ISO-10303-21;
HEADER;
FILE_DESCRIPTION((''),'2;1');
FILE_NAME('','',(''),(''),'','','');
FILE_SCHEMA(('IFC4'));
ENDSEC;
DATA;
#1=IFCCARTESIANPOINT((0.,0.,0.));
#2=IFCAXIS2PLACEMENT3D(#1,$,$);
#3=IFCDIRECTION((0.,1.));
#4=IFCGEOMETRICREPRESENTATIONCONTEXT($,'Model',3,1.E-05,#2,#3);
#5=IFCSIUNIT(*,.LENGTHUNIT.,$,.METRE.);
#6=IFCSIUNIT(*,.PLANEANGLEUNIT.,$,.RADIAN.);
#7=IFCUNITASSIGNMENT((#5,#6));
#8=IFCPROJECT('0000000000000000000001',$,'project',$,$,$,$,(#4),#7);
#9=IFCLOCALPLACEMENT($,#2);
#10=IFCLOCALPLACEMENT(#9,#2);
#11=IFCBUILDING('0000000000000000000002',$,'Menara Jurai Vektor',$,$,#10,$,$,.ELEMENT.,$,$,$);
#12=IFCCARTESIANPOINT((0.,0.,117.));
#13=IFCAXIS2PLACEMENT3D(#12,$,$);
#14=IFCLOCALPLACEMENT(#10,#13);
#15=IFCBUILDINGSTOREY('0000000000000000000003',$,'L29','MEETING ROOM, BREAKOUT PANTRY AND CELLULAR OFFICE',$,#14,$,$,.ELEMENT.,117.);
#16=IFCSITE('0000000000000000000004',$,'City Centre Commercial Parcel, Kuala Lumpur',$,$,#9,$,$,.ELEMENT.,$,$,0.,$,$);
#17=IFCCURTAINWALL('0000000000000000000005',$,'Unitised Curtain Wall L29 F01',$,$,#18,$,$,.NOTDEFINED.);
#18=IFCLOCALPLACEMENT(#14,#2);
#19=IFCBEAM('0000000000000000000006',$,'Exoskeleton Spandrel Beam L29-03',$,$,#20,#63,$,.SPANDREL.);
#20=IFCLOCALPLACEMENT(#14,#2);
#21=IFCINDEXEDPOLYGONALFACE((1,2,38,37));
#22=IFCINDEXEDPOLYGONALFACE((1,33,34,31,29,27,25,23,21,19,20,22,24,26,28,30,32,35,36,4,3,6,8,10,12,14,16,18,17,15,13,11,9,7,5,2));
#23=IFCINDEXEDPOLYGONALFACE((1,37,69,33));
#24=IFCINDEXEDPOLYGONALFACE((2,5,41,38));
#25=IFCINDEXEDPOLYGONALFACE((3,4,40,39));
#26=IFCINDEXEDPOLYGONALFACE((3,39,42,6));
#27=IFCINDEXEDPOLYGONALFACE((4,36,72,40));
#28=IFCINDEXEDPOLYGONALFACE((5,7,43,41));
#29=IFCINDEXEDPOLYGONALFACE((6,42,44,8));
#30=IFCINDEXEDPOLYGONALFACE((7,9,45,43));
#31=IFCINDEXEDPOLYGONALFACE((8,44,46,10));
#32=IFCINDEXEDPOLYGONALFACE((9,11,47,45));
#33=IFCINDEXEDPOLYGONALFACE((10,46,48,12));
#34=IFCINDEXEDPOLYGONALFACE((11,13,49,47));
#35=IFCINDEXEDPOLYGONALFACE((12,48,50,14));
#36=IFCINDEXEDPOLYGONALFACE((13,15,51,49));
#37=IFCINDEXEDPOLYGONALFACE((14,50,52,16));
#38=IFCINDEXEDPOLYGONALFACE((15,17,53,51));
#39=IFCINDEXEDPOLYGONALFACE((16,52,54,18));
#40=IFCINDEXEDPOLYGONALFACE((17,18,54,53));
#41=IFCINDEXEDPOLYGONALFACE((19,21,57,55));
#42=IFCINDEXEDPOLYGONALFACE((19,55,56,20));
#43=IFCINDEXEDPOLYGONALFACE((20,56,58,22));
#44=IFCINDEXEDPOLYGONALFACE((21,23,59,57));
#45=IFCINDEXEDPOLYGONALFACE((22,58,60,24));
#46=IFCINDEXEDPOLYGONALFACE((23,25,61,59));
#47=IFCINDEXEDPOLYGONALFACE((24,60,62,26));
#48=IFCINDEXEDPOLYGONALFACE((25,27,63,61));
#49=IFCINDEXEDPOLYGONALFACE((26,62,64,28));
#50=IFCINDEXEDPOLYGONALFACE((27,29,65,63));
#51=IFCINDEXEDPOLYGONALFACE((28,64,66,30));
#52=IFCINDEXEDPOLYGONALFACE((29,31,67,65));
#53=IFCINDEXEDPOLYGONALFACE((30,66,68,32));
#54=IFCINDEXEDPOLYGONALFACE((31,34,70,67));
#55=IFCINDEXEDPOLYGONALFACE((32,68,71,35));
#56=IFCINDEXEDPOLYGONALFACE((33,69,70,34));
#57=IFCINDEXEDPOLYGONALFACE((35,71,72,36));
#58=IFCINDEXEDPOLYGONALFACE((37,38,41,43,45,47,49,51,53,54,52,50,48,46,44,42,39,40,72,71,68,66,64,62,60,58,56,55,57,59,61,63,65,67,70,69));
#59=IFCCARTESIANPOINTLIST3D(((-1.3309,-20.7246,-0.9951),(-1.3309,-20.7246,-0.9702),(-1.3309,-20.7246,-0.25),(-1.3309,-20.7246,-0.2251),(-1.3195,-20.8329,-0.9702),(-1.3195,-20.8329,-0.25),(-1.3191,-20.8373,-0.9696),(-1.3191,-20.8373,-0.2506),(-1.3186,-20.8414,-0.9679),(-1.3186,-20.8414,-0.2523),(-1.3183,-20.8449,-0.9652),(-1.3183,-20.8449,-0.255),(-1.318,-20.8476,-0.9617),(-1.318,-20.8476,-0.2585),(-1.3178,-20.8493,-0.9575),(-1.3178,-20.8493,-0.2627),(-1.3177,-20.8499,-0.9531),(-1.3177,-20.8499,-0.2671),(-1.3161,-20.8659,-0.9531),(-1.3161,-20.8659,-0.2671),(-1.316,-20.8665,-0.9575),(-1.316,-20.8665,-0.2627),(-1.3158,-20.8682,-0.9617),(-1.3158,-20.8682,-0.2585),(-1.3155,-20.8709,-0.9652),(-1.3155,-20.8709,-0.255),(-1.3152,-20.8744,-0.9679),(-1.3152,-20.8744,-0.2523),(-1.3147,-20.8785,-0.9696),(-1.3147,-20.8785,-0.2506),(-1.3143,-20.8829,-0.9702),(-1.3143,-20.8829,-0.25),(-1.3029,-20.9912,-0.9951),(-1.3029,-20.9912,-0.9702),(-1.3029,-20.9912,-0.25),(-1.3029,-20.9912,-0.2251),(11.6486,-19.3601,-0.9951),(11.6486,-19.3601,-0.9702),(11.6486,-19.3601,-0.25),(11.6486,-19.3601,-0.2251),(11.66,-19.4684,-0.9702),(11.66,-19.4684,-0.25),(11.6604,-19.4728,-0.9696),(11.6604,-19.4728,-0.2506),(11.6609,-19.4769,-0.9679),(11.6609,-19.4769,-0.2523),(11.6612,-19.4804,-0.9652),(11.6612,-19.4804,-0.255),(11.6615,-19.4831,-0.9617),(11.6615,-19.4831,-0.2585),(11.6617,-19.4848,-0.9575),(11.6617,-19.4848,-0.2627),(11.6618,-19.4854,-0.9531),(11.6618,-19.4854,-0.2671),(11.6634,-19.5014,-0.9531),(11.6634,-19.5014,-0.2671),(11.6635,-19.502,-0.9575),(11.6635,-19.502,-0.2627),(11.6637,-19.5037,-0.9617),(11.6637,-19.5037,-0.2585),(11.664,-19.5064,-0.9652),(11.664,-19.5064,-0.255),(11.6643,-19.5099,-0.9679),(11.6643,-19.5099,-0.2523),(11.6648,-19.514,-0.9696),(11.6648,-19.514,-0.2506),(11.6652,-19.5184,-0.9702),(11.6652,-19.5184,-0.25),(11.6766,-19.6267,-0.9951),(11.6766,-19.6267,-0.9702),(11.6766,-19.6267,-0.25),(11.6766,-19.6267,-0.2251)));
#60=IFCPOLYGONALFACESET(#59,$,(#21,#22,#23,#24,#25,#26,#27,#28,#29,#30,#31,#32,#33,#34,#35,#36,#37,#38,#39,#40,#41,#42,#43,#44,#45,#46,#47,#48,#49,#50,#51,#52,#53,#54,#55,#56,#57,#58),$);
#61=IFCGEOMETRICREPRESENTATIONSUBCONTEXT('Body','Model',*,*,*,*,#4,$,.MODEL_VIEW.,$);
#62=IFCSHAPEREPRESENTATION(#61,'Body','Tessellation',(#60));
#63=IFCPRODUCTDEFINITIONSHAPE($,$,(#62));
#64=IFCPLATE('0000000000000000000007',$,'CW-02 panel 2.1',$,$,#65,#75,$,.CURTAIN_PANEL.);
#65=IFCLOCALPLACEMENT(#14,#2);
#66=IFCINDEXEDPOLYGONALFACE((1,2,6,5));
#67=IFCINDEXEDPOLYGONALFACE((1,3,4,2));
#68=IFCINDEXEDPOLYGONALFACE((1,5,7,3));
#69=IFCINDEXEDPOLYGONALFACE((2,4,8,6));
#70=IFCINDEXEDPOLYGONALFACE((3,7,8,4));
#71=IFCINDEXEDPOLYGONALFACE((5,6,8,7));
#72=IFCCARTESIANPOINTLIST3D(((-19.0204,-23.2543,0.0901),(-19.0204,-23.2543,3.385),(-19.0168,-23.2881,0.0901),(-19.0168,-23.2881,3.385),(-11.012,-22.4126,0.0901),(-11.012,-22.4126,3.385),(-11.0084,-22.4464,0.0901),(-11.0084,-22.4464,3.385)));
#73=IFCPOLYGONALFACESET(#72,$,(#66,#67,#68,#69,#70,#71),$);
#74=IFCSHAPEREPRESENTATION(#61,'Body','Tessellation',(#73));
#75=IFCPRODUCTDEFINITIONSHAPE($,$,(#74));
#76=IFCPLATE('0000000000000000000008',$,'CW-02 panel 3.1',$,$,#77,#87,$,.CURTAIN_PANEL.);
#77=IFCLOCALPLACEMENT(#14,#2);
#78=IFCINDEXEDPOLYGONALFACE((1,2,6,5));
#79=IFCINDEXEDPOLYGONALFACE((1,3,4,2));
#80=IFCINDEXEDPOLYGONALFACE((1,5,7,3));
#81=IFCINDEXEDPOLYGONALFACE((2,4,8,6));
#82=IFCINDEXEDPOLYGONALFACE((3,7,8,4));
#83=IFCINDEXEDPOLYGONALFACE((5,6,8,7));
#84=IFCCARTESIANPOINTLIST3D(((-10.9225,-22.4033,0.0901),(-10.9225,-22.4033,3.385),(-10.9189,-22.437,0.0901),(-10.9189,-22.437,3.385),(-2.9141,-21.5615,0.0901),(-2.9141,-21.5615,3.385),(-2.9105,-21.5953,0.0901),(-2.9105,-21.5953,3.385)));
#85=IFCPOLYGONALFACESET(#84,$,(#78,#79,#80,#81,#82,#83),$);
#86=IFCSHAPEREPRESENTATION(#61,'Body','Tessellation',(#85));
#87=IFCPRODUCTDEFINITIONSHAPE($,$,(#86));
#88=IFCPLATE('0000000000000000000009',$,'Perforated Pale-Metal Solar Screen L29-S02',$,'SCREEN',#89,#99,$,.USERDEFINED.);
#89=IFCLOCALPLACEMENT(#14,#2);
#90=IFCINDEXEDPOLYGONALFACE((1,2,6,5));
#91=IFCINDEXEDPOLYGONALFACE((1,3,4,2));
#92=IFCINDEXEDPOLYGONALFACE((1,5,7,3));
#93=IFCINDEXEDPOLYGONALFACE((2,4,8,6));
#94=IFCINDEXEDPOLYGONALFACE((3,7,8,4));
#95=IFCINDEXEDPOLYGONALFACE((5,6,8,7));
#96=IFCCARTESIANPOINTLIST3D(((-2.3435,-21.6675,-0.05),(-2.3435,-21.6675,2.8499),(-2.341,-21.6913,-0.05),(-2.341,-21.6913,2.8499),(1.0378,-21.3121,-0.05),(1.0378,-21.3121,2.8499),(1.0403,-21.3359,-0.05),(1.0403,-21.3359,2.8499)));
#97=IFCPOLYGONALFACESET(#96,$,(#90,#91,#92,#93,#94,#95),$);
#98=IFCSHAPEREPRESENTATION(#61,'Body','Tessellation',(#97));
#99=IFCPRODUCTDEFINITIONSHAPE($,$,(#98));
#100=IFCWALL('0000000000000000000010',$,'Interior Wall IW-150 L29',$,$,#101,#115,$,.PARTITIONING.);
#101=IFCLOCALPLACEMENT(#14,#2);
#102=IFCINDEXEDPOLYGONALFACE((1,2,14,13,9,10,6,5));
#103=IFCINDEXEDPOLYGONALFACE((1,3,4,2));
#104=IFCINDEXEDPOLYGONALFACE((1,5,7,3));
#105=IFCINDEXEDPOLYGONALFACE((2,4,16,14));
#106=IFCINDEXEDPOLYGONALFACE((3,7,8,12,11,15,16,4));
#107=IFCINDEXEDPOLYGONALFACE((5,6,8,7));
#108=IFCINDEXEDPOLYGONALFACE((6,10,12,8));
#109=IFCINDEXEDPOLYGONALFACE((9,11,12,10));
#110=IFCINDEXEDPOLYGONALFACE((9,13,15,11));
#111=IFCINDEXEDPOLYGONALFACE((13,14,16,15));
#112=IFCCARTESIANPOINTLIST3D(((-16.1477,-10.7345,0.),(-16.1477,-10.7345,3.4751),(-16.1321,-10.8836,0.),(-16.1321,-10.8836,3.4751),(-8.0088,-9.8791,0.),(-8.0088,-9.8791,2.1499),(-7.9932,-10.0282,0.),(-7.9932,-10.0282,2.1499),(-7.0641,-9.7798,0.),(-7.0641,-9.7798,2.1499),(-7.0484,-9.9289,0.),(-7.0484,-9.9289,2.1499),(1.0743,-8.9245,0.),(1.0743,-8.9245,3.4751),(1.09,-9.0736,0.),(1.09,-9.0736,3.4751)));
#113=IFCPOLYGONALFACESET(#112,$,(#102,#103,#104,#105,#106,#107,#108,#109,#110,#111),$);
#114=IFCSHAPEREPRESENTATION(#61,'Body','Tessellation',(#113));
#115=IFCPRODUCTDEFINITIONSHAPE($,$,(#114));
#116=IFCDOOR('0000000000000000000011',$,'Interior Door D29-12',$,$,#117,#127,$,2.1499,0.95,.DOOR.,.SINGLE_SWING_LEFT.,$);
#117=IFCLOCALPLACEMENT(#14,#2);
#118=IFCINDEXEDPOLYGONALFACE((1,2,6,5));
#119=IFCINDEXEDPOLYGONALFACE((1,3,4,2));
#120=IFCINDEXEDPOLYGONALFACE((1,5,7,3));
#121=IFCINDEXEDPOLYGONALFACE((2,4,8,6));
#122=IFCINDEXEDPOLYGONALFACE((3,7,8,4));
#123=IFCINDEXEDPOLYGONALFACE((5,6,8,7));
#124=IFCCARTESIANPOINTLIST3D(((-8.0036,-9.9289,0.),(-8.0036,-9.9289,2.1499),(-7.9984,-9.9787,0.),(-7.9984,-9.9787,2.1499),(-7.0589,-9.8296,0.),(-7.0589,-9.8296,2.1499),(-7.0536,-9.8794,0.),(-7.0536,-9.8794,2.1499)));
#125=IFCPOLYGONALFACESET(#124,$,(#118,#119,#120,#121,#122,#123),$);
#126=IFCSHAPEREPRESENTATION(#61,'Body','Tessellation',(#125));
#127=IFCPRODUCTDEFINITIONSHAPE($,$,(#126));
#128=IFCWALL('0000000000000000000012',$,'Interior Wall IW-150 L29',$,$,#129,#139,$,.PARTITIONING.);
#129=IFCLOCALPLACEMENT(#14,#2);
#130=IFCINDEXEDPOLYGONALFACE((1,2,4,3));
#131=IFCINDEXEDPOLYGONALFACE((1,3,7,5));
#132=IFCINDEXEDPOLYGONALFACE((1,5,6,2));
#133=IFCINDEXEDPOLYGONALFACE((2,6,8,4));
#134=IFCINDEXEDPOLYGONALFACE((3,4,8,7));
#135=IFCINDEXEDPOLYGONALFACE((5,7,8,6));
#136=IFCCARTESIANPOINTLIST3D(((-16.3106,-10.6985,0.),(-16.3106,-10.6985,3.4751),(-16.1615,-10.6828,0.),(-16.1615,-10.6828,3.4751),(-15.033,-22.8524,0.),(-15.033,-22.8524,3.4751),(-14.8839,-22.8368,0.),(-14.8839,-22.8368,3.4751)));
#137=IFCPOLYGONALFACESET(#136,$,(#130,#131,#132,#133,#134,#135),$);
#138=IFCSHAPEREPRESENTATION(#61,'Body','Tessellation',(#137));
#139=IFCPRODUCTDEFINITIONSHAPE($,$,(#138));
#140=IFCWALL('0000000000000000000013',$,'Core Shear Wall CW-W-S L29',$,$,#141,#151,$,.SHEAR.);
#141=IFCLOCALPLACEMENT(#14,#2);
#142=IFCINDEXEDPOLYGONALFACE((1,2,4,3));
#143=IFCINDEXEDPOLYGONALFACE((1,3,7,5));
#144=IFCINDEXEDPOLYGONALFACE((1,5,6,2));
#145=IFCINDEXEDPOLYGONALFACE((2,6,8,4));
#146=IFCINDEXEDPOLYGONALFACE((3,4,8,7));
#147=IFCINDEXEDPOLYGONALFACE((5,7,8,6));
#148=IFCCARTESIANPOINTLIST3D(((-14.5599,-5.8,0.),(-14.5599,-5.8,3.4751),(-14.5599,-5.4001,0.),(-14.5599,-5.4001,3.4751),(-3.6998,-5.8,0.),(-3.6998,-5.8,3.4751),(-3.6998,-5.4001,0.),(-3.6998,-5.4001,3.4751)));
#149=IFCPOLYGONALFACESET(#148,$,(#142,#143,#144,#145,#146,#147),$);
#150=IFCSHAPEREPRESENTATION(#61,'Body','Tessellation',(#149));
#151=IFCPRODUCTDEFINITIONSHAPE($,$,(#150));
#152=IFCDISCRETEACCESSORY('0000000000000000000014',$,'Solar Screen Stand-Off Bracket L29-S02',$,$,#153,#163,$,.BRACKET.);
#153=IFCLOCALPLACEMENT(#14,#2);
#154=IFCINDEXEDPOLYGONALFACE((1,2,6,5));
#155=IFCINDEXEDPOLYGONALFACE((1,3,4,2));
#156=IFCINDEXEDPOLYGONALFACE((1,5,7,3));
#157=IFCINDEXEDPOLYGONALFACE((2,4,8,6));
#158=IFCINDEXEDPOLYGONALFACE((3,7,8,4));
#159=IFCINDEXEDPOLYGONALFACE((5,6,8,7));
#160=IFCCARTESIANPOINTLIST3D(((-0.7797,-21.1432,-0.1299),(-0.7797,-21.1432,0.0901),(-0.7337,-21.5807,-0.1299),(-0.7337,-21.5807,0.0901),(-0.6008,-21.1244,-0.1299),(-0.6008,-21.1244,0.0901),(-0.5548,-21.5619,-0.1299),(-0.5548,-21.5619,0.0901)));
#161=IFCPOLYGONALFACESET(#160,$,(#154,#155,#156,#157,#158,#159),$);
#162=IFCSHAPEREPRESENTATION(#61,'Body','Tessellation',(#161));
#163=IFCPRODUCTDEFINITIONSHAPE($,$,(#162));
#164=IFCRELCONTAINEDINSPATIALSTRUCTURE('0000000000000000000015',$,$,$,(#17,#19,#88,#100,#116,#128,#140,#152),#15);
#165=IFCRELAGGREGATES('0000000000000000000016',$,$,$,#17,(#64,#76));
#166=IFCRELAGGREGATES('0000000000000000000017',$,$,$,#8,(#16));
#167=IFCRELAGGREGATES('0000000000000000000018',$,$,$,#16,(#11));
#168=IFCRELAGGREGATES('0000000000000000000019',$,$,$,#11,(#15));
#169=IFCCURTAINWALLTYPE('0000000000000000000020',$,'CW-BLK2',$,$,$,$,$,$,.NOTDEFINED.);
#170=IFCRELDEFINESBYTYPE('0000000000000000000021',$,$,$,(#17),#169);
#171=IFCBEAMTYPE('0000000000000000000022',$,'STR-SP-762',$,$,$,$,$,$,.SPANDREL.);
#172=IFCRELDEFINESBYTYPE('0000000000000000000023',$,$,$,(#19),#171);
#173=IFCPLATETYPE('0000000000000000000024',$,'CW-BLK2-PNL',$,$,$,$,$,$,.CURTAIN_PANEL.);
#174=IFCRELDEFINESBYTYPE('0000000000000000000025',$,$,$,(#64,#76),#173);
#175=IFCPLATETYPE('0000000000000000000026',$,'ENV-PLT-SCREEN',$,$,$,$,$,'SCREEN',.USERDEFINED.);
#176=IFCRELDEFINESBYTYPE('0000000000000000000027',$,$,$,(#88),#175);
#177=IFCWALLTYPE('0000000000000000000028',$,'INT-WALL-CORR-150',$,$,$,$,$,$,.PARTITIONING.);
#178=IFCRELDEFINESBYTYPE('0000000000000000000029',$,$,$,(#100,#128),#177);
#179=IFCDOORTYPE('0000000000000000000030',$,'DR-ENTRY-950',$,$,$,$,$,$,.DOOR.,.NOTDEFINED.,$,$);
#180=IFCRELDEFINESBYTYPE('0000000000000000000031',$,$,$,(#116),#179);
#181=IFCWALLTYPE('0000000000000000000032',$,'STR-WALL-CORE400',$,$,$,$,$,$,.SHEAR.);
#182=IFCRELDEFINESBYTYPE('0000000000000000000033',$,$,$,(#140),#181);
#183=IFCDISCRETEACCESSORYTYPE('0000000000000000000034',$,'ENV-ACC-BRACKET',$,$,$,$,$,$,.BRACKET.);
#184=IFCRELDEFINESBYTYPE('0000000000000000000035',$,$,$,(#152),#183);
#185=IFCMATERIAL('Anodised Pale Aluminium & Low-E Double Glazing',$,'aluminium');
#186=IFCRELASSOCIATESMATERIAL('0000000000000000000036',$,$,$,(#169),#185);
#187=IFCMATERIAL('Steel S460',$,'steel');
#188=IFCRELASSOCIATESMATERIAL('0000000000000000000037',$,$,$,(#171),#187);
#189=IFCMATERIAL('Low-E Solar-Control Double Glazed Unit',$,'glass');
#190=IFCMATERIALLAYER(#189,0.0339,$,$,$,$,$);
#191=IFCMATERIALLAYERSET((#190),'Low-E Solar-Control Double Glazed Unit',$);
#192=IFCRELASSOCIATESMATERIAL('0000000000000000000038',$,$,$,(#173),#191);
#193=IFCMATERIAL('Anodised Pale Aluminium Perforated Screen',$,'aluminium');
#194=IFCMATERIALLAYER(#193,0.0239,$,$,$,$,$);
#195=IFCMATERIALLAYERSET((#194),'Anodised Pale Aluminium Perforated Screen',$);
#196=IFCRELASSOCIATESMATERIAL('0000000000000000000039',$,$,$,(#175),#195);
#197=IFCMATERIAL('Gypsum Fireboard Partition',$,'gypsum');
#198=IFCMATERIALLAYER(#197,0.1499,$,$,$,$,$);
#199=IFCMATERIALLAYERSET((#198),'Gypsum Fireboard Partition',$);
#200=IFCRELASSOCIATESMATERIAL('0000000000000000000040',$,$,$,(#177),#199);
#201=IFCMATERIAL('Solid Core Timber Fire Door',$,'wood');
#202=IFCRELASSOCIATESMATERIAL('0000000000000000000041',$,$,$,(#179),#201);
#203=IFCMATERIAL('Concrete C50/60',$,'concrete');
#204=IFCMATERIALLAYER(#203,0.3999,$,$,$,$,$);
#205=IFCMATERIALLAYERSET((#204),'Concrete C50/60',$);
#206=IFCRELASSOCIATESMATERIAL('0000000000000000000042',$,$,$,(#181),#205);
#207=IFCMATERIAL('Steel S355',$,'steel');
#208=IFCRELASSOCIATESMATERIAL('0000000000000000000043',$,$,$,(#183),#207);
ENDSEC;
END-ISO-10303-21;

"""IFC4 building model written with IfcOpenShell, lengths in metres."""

from ifc_helpers import new_model, si_unit, direction, frame, frame_2d, origin, origin_2d, place, context, subcontext, project, spatial, rectangle, i_section, extrude, material, layer, layer_set, material_profile, profile_set, type_object, element, fill, aggregate, save


model = new_model("IFC4")

# Units and contexts
model_context = context("Model", 3, precision=1e-05, world=origin(), true_north=direction((0.0, 1.0)))
body_context = subcontext(model_context, "Body", "Model", "MODEL_VIEW")
ifc_project = project(units=[si_unit("LENGTHUNIT", "METRE"), si_unit("PLANEANGLEUNIT", "RADIAN")], contexts=[model_context])

# Site, building, storey
site_placement = place(None, origin())
site = spatial("IfcSite", under=ifc_project, at=site_placement, Name="City Centre Commercial Parcel, Kuala Lumpur", CompositionType="ELEMENT", RefElevation=0.0)
building_placement = place(site_placement, origin())
building = spatial("IfcBuilding", under=site, at=building_placement, Name="Menara Jurai Vektor", CompositionType="ELEMENT")
storey_placement = place(building_placement, frame((0.0, 0.0, 117.0)))
storey = spatial("IfcBuildingStorey", under=building, at=storey_placement, Name="L29", Description="MEETING ROOM, BREAKOUT PANTRY AND CELLULAR OFFICE", CompositionType="ELEMENT", Elevation=117.0)

# Shared definitions
ifc_material_1 = material(Name="Concrete C50/60", Category="concrete")
ifc_material_2 = material(Name="Steel S460", Category="steel")

# Curtain wall
ifc_material_3 = material(Name="Anodised Pale Aluminium & Low-E Double Glazing", Category="aluminium")
curtain_wall_type = type_object("IfcCurtainWallType", Name="CW-BLK2", PredefinedType="NOTDEFINED", material=ifc_material_3)
curtain_wall_placement = place(storey_placement, origin())
curtain_wall = element("IfcCurtainWall", 1, at=curtain_wall_placement, inside=storey, type_object=curtain_wall_type, Name="Unitised Curtain Wall L29 F01", PredefinedType="NOTDEFINED")

# Beam
ifc_material_4 = material(Name="Steel S355", Category="steel")
ifc_material_profile_1 = material_profile(ifc_material_2, i_section(OverallWidth=0.2681, OverallDepth=0.77, WebThickness=0.0161, FlangeThickness=0.0249, FilletRadius=0.0171, at=origin_2d()), Name="UKB 762x267x197")
ifc_profile_set_1 = profile_set([ifc_material_profile_1], Name="Steel S460")
beam_type_1 = type_object("IfcBeamType", Name="STR-SP-762", PredefinedType="SPANDREL", material=ifc_profile_set_1)
beam_1_placement = place(storey_placement, frame((-1.3169, -20.8579, -0.6101), z_axis=(0.994519, 0.104551, 0.0), x_axis=(-0.104551, 0.994519, 0.0)))
element("IfcBeam", 2, at=beam_1_placement, inside=storey, type_object=beam_type_1, Name="Exoskeleton Spandrel Beam L29-03", PredefinedType="SPANDREL", context=body_context, shape_type="SweptSolid", body=[
    extrude(i_section(OverallWidth=0.2681, OverallDepth=0.77, WebThickness=0.0161, FlangeThickness=0.0249, FilletRadius=0.0171, at=origin_2d()), origin(), (0.0, 0.0, 1.0), 13.051),
])

# Plates
ifc_material_5 = material(Name="Low-E Solar-Control Double Glazed Unit", Category="glass")
ifc_layer_1 = layer(ifc_material_5, 0.0339)
ifc_layer_set_1 = layer_set([ifc_layer_1], Name="Low-E Solar-Control Double Glazed Unit")
plate_type_1 = type_object("IfcPlateType", Name="CW-BLK2-PNL", PredefinedType="CURTAIN_PANEL", material=ifc_layer_set_1)
plate_1_placement = place(storey_placement, frame((-15.0144, -22.8503, 0.0901), z_axis=(0.0, 0.0, 1.0), x_axis=(0.994522, 0.104529, 0.0)))
plate_1 = element("IfcPlate", 3, at=plate_1_placement, type_object=plate_type_1, Name="CW-02 panel 2.1", PredefinedType="CURTAIN_PANEL", context=body_context, shape_type="SweptSolid", body=[
    extrude(rectangle(XDim=8.0525, YDim=0.0339, at=origin_2d()), origin(), (0.0, 0.0, 1.0), 3.2949),
])
plate_2_placement = place(storey_placement, frame((-6.9165, -21.9993, 0.0901), z_axis=(0.0, 0.0, 1.0), x_axis=(0.994522, 0.104529, 0.0)))
plate_2 = element("IfcPlate", 4, at=plate_2_placement, type_object=plate_type_1, Name="CW-02 panel 3.1", PredefinedType="CURTAIN_PANEL", context=body_context, shape_type="SweptSolid", body=[
    extrude(rectangle(XDim=8.0525, YDim=0.0339, at=origin_2d()), origin(), (0.0, 0.0, 1.0), 3.2949),
])
aggregate(curtain_wall, [plate_1, plate_2])
ifc_material_6 = material(Name="Anodised Pale Aluminium Perforated Screen", Category="aluminium")
ifc_layer_2 = layer(ifc_material_6, 0.0239)
ifc_layer_set_2 = layer_set([ifc_layer_2], Name="Anodised Pale Aluminium Perforated Screen")
plate_type_2 = type_object("IfcPlateType", Name="ENV-PLT-SCREEN", ElementType="SCREEN", PredefinedType="USERDEFINED", material=ifc_layer_set_2)
plate_3_placement = place(storey_placement, frame((-0.6516, -21.5017, -0.05), z_axis=(0.0, 0.0, 1.0), x_axis=(0.994522, 0.104528, 0.0)))
element("IfcPlate", 5, at=plate_3_placement, inside=storey, type_object=plate_type_2, Name="Perforated Pale-Metal Solar Screen L29-S02", ObjectType="SCREEN", PredefinedType="USERDEFINED", context=body_context, shape_type="SweptSolid", body=[
    extrude(rectangle(XDim=3.3999, YDim=0.0239, at=origin_2d()), origin(), (0.0, 0.0, 1.0), 2.8999),
])

# Wall, opening, door
ifc_material_7 = material(Name="Gypsum Fireboard Partition", Category="gypsum")
ifc_layer_3 = layer(ifc_material_7, 0.1499)
ifc_layer_set_3 = layer_set([ifc_layer_3], Name="Gypsum Fireboard Partition")
wall_type_1 = type_object("IfcWallType", Name="INT-WALL-CORR-150", PredefinedType="PARTITIONING", material=ifc_layer_set_3)
wall_1_placement = place(storey_placement, frame((-16.1399, -10.8091, 0.0), z_axis=(0.0, 0.0, 1.0), x_axis=(0.994522, 0.104526, 0.0)))
wall_1 = element("IfcWall", 6, at=wall_1_placement, inside=storey, type_object=wall_type_1, Name="Interior Wall IW-150 L29", PredefinedType="PARTITIONING", context=body_context, shape_type="SweptSolid", body=[
    extrude(rectangle(XDim=17.3169, YDim=0.1499, at=frame_2d((8.6584, 0.0))), origin(), (0.0, 0.0, 1.0), 3.4751),
])
opening_placement = place(wall_1_placement, frame((8.1836, 0.0, 0.0)))
opening = element("IfcOpeningElement", 7, at=opening_placement, cuts=wall_1, PredefinedType="OPENING", context=body_context, shape_type="SweptSolid", body=[
    extrude(rectangle(XDim=0.95, YDim=2.1499, at=frame_2d((0.4751, 1.075))), frame((0.0, 0.085, 0.0), z_axis=(0.0, -1.0, 0.0), x_axis=(1.0, 0.0, 0.0)), (0.0, 0.0, 1.0), 0.1699),
])
ifc_material_8 = material(Name="Solid Core Timber Fire Door", Category="wood")
door_type = type_object("IfcDoorType", Name="DR-ENTRY-950", OperationType="NOTDEFINED", PredefinedType="DOOR", material=ifc_material_8)
door_placement = place(opening_placement, origin())
door = element("IfcDoor", 8, at=door_placement, inside=storey, type_object=door_type, Name="Interior Door D29-12", OperationType="SINGLE_SWING_LEFT", OverallHeight=2.1499, OverallWidth=0.95, PredefinedType="DOOR", context=body_context, shape_type="SweptSolid", body=[
    extrude(rectangle(XDim=0.95, YDim=2.1499, at=frame_2d((0.4751, 1.075))), frame((0.0, 0.0249, 0.0), z_axis=(0.0, -1.0, 0.0), x_axis=(1.0, 0.0, 0.0)), (0.0, 0.0, 1.0), 0.05),
])
fill(opening, door)

# Walls
wall_2_placement = place(storey_placement, frame((-14.9585, -22.8445, 0.0), z_axis=(0.0, 0.0, 1.0), x_axis=(-0.10454, 0.994521, 0.0)))
element("IfcWall", 9, at=wall_2_placement, inside=storey, type_object=wall_type_1, Name="Interior Wall IW-150 L29", PredefinedType="PARTITIONING", context=body_context, shape_type="SweptSolid", body=[
    extrude(rectangle(XDim=12.2209, YDim=0.1499, at=frame_2d((6.1104, 0.0))), origin(), (0.0, 0.0, 1.0), 3.4751),
])
ifc_layer_4 = layer(ifc_material_1, 0.3999)
ifc_layer_set_4 = layer_set([ifc_layer_4], Name="Concrete C50/60")
wall_type_2 = type_object("IfcWallType", Name="STR-WALL-CORE400", PredefinedType="SHEAR", material=ifc_layer_set_4)
wall_3_placement = place(storey_placement, frame((-14.5601, -5.6001, 0.0), z_axis=(0.0, 0.0, 1.0), x_axis=(1.0, 0.0, 0.0)))
element("IfcWall", 10, at=wall_3_placement, inside=storey, type_object=wall_type_2, Name="Core Shear Wall CW-W-S L29", PredefinedType="SHEAR", context=body_context, shape_type="SweptSolid", body=[
    extrude(rectangle(XDim=10.8601, YDim=0.3999, at=frame_2d((5.4302, 0.0))), origin(), (0.0, 0.0, 1.0), 3.4751),
])

# Discrete accessory
discrete_accessory_type = type_object("IfcDiscreteAccessoryType", Name="ENV-ACC-BRACKET", PredefinedType="BRACKET", material=ifc_material_4)
discrete_accessory_placement = place(storey_placement, frame((-0.6672, -21.3525, -0.1299), z_axis=(0.0, 0.0, 1.0), x_axis=(0.994522, 0.104528, 0.0)))
element("IfcDiscreteAccessory", 11, at=discrete_accessory_placement, inside=storey, type_object=discrete_accessory_type, Name="Solar Screen Stand-Off Bracket L29-S02", PredefinedType="BRACKET", context=body_context, shape_type="SweptSolid", body=[
    extrude(rectangle(XDim=0.1799, YDim=0.4399, at=origin_2d()), origin(), (0.0, 0.0, 1.0), 0.22),
])

save(model, "model.ifc")
